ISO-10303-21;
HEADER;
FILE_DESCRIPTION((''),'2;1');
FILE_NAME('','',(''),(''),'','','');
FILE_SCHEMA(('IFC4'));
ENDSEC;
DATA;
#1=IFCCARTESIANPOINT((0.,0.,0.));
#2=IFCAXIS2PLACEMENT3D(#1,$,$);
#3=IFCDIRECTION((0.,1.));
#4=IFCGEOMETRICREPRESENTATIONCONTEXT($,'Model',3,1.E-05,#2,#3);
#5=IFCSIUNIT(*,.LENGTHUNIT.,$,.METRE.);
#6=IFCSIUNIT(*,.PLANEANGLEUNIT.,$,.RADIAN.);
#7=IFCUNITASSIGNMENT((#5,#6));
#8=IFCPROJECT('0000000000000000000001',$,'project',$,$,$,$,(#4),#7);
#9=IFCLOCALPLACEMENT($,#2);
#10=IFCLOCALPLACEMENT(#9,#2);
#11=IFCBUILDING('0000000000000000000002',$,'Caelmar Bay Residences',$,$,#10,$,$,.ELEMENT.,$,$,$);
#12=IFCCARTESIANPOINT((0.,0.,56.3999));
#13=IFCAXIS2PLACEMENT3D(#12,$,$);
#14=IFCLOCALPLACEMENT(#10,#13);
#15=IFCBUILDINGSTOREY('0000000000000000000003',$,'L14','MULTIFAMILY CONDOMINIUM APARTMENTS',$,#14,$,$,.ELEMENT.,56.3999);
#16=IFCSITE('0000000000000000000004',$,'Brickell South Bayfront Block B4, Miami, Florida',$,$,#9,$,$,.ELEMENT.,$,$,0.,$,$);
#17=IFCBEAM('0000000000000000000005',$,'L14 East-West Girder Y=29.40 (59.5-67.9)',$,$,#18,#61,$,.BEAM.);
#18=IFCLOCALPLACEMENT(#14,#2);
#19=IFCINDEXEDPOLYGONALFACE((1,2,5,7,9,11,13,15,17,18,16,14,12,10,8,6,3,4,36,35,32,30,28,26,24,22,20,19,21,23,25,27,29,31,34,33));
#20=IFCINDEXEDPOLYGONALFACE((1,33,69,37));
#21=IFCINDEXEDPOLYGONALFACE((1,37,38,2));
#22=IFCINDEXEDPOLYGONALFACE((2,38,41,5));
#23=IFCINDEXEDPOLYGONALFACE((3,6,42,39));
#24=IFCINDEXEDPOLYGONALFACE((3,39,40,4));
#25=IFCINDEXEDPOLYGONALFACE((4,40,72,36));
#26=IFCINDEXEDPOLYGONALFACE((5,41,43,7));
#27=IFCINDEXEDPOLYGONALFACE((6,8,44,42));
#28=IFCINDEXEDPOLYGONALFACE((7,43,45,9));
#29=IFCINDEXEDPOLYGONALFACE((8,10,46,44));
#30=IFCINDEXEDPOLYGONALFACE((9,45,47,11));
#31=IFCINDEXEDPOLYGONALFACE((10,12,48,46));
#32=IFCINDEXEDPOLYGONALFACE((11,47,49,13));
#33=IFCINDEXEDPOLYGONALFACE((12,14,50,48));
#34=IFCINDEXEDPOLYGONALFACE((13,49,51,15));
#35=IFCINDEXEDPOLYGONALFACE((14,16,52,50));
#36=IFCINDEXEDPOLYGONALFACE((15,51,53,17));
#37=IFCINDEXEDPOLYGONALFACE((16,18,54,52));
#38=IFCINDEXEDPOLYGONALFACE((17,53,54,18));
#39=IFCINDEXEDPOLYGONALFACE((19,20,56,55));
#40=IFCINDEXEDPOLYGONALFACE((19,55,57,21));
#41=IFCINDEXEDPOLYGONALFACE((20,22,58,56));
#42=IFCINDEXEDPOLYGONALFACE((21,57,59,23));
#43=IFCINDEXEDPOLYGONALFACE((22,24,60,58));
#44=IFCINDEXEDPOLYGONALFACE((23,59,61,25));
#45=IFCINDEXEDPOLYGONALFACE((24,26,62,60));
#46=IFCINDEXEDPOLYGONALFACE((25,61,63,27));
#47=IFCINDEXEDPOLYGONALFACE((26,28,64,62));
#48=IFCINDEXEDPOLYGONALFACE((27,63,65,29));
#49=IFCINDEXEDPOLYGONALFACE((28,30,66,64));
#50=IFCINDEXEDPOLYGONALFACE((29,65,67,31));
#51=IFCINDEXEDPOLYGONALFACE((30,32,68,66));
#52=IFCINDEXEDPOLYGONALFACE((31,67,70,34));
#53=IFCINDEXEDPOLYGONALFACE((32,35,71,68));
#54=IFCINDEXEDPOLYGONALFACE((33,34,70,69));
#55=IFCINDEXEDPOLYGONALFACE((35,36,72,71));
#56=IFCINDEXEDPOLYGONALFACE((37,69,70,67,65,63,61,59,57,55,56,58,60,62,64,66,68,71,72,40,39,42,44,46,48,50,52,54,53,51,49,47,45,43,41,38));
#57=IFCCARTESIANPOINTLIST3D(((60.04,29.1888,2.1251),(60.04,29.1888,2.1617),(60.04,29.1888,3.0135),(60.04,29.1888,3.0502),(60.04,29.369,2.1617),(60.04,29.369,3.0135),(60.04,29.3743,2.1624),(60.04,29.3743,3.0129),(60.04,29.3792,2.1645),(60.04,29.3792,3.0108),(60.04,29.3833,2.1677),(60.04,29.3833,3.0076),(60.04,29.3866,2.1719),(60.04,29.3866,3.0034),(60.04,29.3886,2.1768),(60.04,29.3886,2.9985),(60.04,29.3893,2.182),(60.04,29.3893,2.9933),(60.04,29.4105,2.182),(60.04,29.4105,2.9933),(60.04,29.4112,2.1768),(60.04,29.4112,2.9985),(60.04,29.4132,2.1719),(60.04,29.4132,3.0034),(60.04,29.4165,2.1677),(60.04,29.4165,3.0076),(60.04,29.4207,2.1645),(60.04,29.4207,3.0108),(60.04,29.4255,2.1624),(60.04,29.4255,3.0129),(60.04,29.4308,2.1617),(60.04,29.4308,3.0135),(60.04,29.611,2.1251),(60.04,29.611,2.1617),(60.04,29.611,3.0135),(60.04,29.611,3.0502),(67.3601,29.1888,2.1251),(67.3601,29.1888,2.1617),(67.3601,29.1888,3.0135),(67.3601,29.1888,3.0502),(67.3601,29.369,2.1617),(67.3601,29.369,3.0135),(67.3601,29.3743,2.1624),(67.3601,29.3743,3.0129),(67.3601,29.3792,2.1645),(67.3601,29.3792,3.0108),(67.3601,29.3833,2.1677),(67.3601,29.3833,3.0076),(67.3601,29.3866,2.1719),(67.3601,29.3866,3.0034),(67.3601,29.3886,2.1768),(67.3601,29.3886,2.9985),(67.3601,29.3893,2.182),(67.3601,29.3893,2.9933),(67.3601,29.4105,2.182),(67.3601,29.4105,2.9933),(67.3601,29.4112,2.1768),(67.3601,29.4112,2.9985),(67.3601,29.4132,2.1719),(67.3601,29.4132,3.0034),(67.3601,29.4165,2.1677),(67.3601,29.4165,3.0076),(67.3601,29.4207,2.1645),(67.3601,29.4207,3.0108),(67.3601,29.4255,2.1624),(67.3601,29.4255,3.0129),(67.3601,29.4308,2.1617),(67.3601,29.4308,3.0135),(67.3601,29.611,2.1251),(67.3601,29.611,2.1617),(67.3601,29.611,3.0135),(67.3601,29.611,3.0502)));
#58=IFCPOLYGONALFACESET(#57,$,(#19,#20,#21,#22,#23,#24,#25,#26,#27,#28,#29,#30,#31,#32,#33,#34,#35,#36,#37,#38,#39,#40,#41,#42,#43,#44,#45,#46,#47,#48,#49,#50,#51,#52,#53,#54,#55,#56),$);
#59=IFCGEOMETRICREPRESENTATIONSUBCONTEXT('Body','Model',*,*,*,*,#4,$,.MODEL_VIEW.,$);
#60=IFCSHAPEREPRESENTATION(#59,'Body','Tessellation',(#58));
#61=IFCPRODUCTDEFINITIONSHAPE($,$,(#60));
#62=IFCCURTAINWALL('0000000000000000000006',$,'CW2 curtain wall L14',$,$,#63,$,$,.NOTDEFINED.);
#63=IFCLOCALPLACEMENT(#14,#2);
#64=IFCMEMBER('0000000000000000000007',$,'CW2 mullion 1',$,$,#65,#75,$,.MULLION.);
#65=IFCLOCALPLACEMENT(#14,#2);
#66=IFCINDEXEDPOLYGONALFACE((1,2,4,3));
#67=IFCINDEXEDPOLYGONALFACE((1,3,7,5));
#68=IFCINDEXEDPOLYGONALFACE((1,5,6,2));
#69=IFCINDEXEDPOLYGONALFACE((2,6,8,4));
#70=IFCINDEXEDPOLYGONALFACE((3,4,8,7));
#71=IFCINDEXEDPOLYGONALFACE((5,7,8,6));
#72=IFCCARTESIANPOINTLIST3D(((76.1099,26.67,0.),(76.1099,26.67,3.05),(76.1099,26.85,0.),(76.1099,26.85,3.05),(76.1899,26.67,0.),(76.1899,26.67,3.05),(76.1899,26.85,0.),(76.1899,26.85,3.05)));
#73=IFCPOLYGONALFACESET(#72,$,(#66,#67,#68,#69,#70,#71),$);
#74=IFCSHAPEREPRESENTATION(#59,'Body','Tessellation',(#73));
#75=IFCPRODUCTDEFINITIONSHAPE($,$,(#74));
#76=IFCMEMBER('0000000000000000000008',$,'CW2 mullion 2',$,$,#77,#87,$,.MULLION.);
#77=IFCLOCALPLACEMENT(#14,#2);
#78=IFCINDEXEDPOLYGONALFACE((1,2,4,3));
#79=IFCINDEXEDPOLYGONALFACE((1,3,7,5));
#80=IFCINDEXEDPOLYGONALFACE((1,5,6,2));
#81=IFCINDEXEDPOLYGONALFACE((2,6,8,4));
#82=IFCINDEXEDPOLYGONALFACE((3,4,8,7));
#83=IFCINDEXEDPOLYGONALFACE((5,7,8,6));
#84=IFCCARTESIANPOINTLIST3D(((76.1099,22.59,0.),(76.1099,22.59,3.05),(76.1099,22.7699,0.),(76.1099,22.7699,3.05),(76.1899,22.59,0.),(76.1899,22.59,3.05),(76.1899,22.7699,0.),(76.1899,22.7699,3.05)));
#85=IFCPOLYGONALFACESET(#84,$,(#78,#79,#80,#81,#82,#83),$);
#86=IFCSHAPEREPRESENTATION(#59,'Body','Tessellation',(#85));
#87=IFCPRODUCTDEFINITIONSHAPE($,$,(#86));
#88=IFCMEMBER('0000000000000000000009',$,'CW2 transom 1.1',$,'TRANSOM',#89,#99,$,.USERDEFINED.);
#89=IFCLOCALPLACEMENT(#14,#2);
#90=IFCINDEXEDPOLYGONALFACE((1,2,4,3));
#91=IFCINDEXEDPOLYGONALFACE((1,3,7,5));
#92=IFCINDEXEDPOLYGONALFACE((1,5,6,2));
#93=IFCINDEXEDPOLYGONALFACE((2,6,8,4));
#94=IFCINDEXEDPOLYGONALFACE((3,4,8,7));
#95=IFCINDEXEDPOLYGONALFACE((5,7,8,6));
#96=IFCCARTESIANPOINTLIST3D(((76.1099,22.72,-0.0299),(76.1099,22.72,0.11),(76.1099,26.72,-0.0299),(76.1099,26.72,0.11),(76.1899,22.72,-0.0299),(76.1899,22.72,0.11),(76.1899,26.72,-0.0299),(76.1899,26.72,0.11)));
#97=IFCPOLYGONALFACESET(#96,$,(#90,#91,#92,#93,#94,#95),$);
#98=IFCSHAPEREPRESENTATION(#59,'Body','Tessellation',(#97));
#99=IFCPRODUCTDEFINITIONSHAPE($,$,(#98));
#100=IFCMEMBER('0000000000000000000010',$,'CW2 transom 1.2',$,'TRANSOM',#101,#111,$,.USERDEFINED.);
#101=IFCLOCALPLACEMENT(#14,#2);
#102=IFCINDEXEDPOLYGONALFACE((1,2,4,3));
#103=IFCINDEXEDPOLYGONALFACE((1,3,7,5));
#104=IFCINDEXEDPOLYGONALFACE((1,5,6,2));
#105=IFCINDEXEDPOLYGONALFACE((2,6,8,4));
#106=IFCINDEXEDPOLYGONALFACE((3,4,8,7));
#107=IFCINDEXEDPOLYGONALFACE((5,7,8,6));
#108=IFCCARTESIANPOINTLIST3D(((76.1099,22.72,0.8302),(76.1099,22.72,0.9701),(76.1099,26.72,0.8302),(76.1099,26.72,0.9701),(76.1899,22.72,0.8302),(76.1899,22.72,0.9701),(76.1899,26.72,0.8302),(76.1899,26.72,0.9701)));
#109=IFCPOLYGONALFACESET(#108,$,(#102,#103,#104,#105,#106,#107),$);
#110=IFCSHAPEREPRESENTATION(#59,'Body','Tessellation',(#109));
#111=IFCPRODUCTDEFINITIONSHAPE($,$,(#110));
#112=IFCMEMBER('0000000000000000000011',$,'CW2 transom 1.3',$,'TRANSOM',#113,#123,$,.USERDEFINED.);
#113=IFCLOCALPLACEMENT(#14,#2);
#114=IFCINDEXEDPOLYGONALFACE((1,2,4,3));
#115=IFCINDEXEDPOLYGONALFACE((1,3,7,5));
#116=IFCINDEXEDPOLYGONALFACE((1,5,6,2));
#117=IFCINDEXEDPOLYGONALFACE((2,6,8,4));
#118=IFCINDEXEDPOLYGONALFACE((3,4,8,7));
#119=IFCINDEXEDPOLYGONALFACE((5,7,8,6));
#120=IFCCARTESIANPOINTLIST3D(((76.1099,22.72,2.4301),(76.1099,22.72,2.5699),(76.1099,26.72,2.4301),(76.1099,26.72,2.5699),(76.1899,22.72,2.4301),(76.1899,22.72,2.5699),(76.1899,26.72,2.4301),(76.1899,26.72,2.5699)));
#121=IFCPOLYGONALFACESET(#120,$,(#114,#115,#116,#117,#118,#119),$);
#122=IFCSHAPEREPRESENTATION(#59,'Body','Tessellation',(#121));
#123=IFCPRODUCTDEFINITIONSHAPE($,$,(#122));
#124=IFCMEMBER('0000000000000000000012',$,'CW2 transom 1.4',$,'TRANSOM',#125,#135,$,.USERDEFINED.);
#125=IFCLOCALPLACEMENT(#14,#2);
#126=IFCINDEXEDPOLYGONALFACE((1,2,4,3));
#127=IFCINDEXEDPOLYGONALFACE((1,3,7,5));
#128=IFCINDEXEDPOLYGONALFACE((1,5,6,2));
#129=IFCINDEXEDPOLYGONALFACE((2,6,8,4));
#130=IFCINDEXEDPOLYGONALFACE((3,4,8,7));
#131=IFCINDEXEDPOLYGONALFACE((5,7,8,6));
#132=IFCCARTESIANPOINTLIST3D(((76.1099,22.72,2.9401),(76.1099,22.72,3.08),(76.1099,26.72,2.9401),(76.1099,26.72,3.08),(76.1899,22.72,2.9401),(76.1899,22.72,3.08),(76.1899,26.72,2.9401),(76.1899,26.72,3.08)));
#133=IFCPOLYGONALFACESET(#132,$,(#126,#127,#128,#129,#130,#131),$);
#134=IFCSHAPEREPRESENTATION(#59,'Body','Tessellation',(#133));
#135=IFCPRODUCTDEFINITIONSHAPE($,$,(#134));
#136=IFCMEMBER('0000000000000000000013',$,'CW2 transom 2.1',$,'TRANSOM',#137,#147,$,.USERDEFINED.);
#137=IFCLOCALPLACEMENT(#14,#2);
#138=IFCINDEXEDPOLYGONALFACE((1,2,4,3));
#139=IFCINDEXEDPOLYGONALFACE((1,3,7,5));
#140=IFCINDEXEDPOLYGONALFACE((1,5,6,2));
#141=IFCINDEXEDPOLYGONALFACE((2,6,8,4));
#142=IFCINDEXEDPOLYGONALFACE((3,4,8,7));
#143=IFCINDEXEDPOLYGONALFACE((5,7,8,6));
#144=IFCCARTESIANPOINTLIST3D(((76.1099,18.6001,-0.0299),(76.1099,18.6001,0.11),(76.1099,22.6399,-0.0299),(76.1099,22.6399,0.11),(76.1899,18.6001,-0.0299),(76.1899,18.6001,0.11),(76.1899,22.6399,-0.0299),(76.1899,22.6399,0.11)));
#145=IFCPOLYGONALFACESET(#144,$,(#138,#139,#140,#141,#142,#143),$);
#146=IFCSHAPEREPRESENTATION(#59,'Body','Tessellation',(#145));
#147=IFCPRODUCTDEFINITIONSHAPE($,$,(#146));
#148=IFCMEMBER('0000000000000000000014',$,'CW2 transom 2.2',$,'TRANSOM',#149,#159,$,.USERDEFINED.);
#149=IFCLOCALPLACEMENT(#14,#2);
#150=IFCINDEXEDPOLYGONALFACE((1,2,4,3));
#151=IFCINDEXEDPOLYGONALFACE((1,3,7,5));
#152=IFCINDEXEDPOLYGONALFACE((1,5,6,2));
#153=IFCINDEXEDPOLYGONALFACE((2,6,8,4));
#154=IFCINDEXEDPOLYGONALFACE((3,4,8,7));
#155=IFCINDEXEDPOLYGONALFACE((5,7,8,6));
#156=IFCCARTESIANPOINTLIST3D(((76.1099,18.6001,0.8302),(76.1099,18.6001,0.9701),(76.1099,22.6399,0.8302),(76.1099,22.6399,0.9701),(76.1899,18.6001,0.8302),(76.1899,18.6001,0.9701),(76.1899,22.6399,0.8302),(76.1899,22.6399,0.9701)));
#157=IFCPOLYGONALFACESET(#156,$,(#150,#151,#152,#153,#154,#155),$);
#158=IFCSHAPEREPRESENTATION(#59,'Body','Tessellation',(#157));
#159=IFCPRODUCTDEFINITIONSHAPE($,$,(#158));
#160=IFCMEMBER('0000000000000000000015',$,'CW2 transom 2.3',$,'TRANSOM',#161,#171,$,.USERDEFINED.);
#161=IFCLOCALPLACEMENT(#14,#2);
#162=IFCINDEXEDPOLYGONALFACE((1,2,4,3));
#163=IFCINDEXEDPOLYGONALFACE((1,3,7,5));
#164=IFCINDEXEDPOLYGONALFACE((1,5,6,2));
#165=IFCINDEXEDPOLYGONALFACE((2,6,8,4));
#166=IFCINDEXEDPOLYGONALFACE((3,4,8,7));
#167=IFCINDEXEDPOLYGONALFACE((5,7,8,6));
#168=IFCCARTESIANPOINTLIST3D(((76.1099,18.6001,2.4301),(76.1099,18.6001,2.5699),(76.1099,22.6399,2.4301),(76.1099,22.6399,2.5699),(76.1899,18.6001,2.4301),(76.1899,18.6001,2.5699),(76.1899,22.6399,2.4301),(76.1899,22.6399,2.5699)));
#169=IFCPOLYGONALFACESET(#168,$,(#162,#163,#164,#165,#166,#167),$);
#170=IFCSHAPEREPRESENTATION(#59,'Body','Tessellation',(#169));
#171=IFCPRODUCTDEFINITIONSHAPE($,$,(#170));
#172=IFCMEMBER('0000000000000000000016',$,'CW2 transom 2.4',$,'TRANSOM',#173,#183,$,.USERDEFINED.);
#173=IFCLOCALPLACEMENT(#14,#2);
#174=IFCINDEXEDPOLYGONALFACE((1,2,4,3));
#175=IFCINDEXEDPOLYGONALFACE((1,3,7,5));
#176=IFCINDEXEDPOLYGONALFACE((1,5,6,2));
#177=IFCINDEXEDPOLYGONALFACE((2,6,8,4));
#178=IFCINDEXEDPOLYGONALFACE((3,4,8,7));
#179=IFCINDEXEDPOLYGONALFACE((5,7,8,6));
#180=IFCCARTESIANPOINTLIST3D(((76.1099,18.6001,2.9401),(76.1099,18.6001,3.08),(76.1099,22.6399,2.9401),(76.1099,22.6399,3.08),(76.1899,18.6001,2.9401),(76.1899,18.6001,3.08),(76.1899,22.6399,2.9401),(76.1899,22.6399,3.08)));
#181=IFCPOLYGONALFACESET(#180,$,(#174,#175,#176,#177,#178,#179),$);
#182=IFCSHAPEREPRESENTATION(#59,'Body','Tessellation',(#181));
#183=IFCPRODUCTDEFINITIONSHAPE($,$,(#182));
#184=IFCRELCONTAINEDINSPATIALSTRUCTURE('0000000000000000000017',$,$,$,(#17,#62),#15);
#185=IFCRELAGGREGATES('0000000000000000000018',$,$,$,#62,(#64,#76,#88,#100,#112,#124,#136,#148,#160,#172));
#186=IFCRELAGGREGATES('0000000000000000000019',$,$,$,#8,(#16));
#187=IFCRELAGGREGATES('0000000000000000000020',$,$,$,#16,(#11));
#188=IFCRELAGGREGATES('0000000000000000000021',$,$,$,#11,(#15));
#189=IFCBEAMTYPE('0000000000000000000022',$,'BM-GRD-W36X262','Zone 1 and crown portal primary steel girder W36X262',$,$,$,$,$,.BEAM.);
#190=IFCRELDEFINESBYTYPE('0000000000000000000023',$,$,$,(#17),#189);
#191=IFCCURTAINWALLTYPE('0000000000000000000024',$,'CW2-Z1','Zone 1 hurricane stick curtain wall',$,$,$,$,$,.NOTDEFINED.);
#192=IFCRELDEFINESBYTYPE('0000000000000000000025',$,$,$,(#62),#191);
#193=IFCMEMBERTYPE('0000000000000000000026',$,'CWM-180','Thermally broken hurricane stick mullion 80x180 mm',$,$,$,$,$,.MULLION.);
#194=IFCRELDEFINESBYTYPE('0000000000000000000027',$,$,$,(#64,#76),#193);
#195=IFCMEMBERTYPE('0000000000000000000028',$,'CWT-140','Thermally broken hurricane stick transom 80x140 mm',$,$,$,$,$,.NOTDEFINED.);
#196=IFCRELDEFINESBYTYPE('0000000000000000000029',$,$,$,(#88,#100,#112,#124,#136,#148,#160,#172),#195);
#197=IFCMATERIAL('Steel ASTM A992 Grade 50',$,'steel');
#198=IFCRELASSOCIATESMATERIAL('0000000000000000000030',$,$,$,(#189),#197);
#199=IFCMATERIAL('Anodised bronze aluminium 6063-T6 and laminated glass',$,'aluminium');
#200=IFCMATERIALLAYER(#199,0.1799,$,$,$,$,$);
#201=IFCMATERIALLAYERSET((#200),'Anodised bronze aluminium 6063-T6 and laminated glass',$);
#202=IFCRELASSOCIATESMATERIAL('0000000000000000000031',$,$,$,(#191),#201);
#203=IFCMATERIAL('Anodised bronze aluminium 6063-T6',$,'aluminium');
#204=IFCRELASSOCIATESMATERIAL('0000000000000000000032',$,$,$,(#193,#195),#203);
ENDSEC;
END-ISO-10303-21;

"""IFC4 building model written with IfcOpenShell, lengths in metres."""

from ifc_helpers import new_model, si_unit, direction, frame, origin, origin_2d, place, context, subcontext, project, spatial, rectangle, i_section, extrude, material, layer, layer_set, material_profile, profile_set, type_object, element, aggregate, save


model = new_model("IFC4")

# Units and contexts
model_context = context("Model", 3, precision=1e-05, world=origin(), true_north=direction((0.0, 1.0)))
body_context = subcontext(model_context, "Body", "Model", "MODEL_VIEW")
ifc_project = project(units=[si_unit("LENGTHUNIT", "METRE"), si_unit("PLANEANGLEUNIT", "RADIAN")], contexts=[model_context])

# Site, building, storey
site_placement = place(None, origin())
site = spatial("IfcSite", under=ifc_project, at=site_placement, Name="Brickell South Bayfront Block B4, Miami, Florida", CompositionType="ELEMENT", RefElevation=0.0)
building_placement = place(site_placement, origin())
building = spatial("IfcBuilding", under=site, at=building_placement, Name="Caelmar Bay Residences", CompositionType="ELEMENT")
storey_placement = place(building_placement, frame((0.0, 0.0, 56.3999)))
storey = spatial("IfcBuildingStorey", under=building, at=storey_placement, Name="L14", Description="MULTIFAMILY CONDOMINIUM APARTMENTS", CompositionType="ELEMENT", Elevation=56.3999)

# Beam
ifc_material_1 = material(Name="Steel ASTM A992 Grade 50", Category="steel")
ifc_material_profile_1 = material_profile(ifc_material_1, i_section(OverallWidth=0.4221, OverallDepth=0.925, WebThickness=0.0212, FlangeThickness=0.0366, FilletRadius=0.0203, at=origin_2d()), Name="W36X262")
ifc_profile_set_1 = profile_set([ifc_material_profile_1], Name="Steel ASTM A992 Grade 50")
beam_type = type_object("IfcBeamType", Name="BM-GRD-W36X262", Description="Zone 1 and crown portal primary steel girder W36X262", PredefinedType="BEAM", material=ifc_profile_set_1)
beam_placement = place(storey_placement, frame((60.04, 29.3999, 2.5876), z_axis=(1.0, 0.0, 0.0), x_axis=(0.0, 1.0, 0.0)))
element("IfcBeam", 1, at=beam_placement, inside=storey, type_object=beam_type, Name="L14 East-West Girder Y=29.40 (59.5-67.9)", PredefinedType="BEAM", context=body_context, shape_type="SweptSolid", body=[
    extrude(i_section(OverallWidth=0.4221, OverallDepth=0.925, WebThickness=0.0212, FlangeThickness=0.0366, FilletRadius=0.0203, at=origin_2d()), origin(), (0.0, 0.0, 1.0), 7.3201),
])

# Curtain wall, members
ifc_material_2 = material(Name="Anodised bronze aluminium 6063-T6 and laminated glass", Category="aluminium")
ifc_layer_1 = layer(ifc_material_2, 0.1799)
ifc_layer_set_1 = layer_set([ifc_layer_1], Name="Anodised bronze aluminium 6063-T6 and laminated glass")
curtain_wall_type = type_object("IfcCurtainWallType", Name="CW2-Z1", Description="Zone 1 hurricane stick curtain wall", PredefinedType="NOTDEFINED", material=ifc_layer_set_1)
curtain_wall_placement = place(storey_placement, origin())
curtain_wall = element("IfcCurtainWall", 2, at=curtain_wall_placement, inside=storey, type_object=curtain_wall_type, Name="CW2 curtain wall L14", PredefinedType="NOTDEFINED")
ifc_material_3 = material(Name="Anodised bronze aluminium 6063-T6", Category="aluminium")
ifc_material_profile_2 = material_profile(ifc_material_3, rectangle(XDim=0.0801, YDim=0.1799, at=origin_2d()), Name="CWM-80X180")
ifc_profile_set_2 = profile_set([ifc_material_profile_2], Name="Anodised bronze aluminium 6063-T6")
member_type_1 = type_object("IfcMemberType", Name="CWM-180", Description="Thermally broken hurricane stick mullion 80x180 mm", PredefinedType="MULLION", material=ifc_profile_set_2)
member_1_placement = place(storey_placement, frame((76.1499, 26.76, 0.0), z_axis=(0.0, 0.0, 1.0), x_axis=(1.0, 0.0, 0.0)))
member_1 = element("IfcMember", 3, at=member_1_placement, type_object=member_type_1, Name="CW2 mullion 1", PredefinedType="MULLION", context=body_context, shape_type="SweptSolid", body=[
    extrude(rectangle(XDim=0.0801, YDim=0.1799, at=origin_2d()), origin(), (0.0, 0.0, 1.0), 3.05),
])
member_2_placement = place(storey_placement, frame((76.1499, 22.6799, 0.0), z_axis=(0.0, 0.0, 1.0), x_axis=(1.0, 0.0, 0.0)))
member_2 = element("IfcMember", 4, at=member_2_placement, type_object=member_type_1, Name="CW2 mullion 2", PredefinedType="MULLION", context=body_context, shape_type="SweptSolid", body=[
    extrude(rectangle(XDim=0.0801, YDim=0.1799, at=origin_2d()), origin(), (0.0, 0.0, 1.0), 3.05),
])
ifc_material_profile_3 = material_profile(ifc_material_3, rectangle(XDim=0.0801, YDim=0.1399, at=origin_2d()), Name="CWT-80X140")
ifc_profile_set_3 = profile_set([ifc_material_profile_3], Name="Anodised bronze aluminium 6063-T6")
member_type_2 = type_object("IfcMemberType", Name="CWT-140", Description="Thermally broken hurricane stick transom 80x140 mm", PredefinedType="NOTDEFINED", material=ifc_profile_set_3)
member_3_placement = place(storey_placement, frame((76.1499, 26.72, 0.04), z_axis=(0.0, -1.0, 0.0), x_axis=(1.0, 0.0, 0.0)))
member_3 = element("IfcMember", 5, at=member_3_placement, type_object=member_type_2, Name="CW2 transom 1.1", ObjectType="TRANSOM", PredefinedType="USERDEFINED", context=body_context, shape_type="SweptSolid", body=[
    extrude(rectangle(XDim=0.0801, YDim=0.1399, at=origin_2d()), origin(), (0.0, 0.0, 1.0), 4.0),
])
member_4_placement = place(storey_placement, frame((76.1499, 26.72, 0.9001), z_axis=(0.0, -1.0, 0.0), x_axis=(1.0, 0.0, 0.0)))
member_4 = element("IfcMember", 6, at=member_4_placement, type_object=member_type_2, Name="CW2 transom 1.2", ObjectType="TRANSOM", PredefinedType="USERDEFINED", context=body_context, shape_type="SweptSolid", body=[
    extrude(rectangle(XDim=0.0801, YDim=0.1399, at=origin_2d()), origin(), (0.0, 0.0, 1.0), 4.0),
])
member_5_placement = place(storey_placement, frame((76.1499, 26.72, 2.5), z_axis=(0.0, -1.0, 0.0), x_axis=(1.0, 0.0, 0.0)))
member_5 = element("IfcMember", 7, at=member_5_placement, type_object=member_type_2, Name="CW2 transom 1.3", ObjectType="TRANSOM", PredefinedType="USERDEFINED", context=body_context, shape_type="SweptSolid", body=[
    extrude(rectangle(XDim=0.0801, YDim=0.1399, at=origin_2d()), origin(), (0.0, 0.0, 1.0), 4.0),
])
member_6_placement = place(storey_placement, frame((76.1499, 26.72, 3.01), z_axis=(0.0, -1.0, 0.0), x_axis=(1.0, 0.0, 0.0)))
member_6 = element("IfcMember", 8, at=member_6_placement, type_object=member_type_2, Name="CW2 transom 1.4", ObjectType="TRANSOM", PredefinedType="USERDEFINED", context=body_context, shape_type="SweptSolid", body=[
    extrude(rectangle(XDim=0.0801, YDim=0.1399, at=origin_2d()), origin(), (0.0, 0.0, 1.0), 4.0),
])
member_7_placement = place(storey_placement, frame((76.1499, 22.6399, 0.04), z_axis=(0.0, -1.0, 0.0), x_axis=(1.0, 0.0, 0.0)))
member_7 = element("IfcMember", 9, at=member_7_placement, type_object=member_type_2, Name="CW2 transom 2.1", ObjectType="TRANSOM", PredefinedType="USERDEFINED", context=body_context, shape_type="SweptSolid", body=[
    extrude(rectangle(XDim=0.0801, YDim=0.1399, at=origin_2d()), origin(), (0.0, 0.0, 1.0), 4.0398),
])
member_8_placement = place(storey_placement, frame((76.1499, 22.6399, 0.9001), z_axis=(0.0, -1.0, 0.0), x_axis=(1.0, 0.0, 0.0)))
member_8 = element("IfcMember", 10, at=member_8_placement, type_object=member_type_2, Name="CW2 transom 2.2", ObjectType="TRANSOM", PredefinedType="USERDEFINED", context=body_context, shape_type="SweptSolid", body=[
    extrude(rectangle(XDim=0.0801, YDim=0.1399, at=origin_2d()), origin(), (0.0, 0.0, 1.0), 4.0398),
])
member_9_placement = place(storey_placement, frame((76.1499, 22.6399, 2.5), z_axis=(0.0, -1.0, 0.0), x_axis=(1.0, 0.0, 0.0)))
member_9 = element("IfcMember", 11, at=member_9_placement, type_object=member_type_2, Name="CW2 transom 2.3", ObjectType="TRANSOM", PredefinedType="USERDEFINED", context=body_context, shape_type="SweptSolid", body=[
    extrude(rectangle(XDim=0.0801, YDim=0.1399, at=origin_2d()), origin(), (0.0, 0.0, 1.0), 4.0398),
])
member_10_placement = place(storey_placement, frame((76.1499, 22.6399, 3.01), z_axis=(0.0, -1.0, 0.0), x_axis=(1.0, 0.0, 0.0)))
member_10 = element("IfcMember", 12, at=member_10_placement, type_object=member_type_2, Name="CW2 transom 2.4", ObjectType="TRANSOM", PredefinedType="USERDEFINED", context=body_context, shape_type="SweptSolid", body=[
    extrude(rectangle(XDim=0.0801, YDim=0.1399, at=origin_2d()), origin(), (0.0, 0.0, 1.0), 4.0398),
])
aggregate(curtain_wall, [member_1, member_2, member_3, member_4, member_5, member_6, member_7, member_8, member_9, member_10])

save(model, "model.ifc")
